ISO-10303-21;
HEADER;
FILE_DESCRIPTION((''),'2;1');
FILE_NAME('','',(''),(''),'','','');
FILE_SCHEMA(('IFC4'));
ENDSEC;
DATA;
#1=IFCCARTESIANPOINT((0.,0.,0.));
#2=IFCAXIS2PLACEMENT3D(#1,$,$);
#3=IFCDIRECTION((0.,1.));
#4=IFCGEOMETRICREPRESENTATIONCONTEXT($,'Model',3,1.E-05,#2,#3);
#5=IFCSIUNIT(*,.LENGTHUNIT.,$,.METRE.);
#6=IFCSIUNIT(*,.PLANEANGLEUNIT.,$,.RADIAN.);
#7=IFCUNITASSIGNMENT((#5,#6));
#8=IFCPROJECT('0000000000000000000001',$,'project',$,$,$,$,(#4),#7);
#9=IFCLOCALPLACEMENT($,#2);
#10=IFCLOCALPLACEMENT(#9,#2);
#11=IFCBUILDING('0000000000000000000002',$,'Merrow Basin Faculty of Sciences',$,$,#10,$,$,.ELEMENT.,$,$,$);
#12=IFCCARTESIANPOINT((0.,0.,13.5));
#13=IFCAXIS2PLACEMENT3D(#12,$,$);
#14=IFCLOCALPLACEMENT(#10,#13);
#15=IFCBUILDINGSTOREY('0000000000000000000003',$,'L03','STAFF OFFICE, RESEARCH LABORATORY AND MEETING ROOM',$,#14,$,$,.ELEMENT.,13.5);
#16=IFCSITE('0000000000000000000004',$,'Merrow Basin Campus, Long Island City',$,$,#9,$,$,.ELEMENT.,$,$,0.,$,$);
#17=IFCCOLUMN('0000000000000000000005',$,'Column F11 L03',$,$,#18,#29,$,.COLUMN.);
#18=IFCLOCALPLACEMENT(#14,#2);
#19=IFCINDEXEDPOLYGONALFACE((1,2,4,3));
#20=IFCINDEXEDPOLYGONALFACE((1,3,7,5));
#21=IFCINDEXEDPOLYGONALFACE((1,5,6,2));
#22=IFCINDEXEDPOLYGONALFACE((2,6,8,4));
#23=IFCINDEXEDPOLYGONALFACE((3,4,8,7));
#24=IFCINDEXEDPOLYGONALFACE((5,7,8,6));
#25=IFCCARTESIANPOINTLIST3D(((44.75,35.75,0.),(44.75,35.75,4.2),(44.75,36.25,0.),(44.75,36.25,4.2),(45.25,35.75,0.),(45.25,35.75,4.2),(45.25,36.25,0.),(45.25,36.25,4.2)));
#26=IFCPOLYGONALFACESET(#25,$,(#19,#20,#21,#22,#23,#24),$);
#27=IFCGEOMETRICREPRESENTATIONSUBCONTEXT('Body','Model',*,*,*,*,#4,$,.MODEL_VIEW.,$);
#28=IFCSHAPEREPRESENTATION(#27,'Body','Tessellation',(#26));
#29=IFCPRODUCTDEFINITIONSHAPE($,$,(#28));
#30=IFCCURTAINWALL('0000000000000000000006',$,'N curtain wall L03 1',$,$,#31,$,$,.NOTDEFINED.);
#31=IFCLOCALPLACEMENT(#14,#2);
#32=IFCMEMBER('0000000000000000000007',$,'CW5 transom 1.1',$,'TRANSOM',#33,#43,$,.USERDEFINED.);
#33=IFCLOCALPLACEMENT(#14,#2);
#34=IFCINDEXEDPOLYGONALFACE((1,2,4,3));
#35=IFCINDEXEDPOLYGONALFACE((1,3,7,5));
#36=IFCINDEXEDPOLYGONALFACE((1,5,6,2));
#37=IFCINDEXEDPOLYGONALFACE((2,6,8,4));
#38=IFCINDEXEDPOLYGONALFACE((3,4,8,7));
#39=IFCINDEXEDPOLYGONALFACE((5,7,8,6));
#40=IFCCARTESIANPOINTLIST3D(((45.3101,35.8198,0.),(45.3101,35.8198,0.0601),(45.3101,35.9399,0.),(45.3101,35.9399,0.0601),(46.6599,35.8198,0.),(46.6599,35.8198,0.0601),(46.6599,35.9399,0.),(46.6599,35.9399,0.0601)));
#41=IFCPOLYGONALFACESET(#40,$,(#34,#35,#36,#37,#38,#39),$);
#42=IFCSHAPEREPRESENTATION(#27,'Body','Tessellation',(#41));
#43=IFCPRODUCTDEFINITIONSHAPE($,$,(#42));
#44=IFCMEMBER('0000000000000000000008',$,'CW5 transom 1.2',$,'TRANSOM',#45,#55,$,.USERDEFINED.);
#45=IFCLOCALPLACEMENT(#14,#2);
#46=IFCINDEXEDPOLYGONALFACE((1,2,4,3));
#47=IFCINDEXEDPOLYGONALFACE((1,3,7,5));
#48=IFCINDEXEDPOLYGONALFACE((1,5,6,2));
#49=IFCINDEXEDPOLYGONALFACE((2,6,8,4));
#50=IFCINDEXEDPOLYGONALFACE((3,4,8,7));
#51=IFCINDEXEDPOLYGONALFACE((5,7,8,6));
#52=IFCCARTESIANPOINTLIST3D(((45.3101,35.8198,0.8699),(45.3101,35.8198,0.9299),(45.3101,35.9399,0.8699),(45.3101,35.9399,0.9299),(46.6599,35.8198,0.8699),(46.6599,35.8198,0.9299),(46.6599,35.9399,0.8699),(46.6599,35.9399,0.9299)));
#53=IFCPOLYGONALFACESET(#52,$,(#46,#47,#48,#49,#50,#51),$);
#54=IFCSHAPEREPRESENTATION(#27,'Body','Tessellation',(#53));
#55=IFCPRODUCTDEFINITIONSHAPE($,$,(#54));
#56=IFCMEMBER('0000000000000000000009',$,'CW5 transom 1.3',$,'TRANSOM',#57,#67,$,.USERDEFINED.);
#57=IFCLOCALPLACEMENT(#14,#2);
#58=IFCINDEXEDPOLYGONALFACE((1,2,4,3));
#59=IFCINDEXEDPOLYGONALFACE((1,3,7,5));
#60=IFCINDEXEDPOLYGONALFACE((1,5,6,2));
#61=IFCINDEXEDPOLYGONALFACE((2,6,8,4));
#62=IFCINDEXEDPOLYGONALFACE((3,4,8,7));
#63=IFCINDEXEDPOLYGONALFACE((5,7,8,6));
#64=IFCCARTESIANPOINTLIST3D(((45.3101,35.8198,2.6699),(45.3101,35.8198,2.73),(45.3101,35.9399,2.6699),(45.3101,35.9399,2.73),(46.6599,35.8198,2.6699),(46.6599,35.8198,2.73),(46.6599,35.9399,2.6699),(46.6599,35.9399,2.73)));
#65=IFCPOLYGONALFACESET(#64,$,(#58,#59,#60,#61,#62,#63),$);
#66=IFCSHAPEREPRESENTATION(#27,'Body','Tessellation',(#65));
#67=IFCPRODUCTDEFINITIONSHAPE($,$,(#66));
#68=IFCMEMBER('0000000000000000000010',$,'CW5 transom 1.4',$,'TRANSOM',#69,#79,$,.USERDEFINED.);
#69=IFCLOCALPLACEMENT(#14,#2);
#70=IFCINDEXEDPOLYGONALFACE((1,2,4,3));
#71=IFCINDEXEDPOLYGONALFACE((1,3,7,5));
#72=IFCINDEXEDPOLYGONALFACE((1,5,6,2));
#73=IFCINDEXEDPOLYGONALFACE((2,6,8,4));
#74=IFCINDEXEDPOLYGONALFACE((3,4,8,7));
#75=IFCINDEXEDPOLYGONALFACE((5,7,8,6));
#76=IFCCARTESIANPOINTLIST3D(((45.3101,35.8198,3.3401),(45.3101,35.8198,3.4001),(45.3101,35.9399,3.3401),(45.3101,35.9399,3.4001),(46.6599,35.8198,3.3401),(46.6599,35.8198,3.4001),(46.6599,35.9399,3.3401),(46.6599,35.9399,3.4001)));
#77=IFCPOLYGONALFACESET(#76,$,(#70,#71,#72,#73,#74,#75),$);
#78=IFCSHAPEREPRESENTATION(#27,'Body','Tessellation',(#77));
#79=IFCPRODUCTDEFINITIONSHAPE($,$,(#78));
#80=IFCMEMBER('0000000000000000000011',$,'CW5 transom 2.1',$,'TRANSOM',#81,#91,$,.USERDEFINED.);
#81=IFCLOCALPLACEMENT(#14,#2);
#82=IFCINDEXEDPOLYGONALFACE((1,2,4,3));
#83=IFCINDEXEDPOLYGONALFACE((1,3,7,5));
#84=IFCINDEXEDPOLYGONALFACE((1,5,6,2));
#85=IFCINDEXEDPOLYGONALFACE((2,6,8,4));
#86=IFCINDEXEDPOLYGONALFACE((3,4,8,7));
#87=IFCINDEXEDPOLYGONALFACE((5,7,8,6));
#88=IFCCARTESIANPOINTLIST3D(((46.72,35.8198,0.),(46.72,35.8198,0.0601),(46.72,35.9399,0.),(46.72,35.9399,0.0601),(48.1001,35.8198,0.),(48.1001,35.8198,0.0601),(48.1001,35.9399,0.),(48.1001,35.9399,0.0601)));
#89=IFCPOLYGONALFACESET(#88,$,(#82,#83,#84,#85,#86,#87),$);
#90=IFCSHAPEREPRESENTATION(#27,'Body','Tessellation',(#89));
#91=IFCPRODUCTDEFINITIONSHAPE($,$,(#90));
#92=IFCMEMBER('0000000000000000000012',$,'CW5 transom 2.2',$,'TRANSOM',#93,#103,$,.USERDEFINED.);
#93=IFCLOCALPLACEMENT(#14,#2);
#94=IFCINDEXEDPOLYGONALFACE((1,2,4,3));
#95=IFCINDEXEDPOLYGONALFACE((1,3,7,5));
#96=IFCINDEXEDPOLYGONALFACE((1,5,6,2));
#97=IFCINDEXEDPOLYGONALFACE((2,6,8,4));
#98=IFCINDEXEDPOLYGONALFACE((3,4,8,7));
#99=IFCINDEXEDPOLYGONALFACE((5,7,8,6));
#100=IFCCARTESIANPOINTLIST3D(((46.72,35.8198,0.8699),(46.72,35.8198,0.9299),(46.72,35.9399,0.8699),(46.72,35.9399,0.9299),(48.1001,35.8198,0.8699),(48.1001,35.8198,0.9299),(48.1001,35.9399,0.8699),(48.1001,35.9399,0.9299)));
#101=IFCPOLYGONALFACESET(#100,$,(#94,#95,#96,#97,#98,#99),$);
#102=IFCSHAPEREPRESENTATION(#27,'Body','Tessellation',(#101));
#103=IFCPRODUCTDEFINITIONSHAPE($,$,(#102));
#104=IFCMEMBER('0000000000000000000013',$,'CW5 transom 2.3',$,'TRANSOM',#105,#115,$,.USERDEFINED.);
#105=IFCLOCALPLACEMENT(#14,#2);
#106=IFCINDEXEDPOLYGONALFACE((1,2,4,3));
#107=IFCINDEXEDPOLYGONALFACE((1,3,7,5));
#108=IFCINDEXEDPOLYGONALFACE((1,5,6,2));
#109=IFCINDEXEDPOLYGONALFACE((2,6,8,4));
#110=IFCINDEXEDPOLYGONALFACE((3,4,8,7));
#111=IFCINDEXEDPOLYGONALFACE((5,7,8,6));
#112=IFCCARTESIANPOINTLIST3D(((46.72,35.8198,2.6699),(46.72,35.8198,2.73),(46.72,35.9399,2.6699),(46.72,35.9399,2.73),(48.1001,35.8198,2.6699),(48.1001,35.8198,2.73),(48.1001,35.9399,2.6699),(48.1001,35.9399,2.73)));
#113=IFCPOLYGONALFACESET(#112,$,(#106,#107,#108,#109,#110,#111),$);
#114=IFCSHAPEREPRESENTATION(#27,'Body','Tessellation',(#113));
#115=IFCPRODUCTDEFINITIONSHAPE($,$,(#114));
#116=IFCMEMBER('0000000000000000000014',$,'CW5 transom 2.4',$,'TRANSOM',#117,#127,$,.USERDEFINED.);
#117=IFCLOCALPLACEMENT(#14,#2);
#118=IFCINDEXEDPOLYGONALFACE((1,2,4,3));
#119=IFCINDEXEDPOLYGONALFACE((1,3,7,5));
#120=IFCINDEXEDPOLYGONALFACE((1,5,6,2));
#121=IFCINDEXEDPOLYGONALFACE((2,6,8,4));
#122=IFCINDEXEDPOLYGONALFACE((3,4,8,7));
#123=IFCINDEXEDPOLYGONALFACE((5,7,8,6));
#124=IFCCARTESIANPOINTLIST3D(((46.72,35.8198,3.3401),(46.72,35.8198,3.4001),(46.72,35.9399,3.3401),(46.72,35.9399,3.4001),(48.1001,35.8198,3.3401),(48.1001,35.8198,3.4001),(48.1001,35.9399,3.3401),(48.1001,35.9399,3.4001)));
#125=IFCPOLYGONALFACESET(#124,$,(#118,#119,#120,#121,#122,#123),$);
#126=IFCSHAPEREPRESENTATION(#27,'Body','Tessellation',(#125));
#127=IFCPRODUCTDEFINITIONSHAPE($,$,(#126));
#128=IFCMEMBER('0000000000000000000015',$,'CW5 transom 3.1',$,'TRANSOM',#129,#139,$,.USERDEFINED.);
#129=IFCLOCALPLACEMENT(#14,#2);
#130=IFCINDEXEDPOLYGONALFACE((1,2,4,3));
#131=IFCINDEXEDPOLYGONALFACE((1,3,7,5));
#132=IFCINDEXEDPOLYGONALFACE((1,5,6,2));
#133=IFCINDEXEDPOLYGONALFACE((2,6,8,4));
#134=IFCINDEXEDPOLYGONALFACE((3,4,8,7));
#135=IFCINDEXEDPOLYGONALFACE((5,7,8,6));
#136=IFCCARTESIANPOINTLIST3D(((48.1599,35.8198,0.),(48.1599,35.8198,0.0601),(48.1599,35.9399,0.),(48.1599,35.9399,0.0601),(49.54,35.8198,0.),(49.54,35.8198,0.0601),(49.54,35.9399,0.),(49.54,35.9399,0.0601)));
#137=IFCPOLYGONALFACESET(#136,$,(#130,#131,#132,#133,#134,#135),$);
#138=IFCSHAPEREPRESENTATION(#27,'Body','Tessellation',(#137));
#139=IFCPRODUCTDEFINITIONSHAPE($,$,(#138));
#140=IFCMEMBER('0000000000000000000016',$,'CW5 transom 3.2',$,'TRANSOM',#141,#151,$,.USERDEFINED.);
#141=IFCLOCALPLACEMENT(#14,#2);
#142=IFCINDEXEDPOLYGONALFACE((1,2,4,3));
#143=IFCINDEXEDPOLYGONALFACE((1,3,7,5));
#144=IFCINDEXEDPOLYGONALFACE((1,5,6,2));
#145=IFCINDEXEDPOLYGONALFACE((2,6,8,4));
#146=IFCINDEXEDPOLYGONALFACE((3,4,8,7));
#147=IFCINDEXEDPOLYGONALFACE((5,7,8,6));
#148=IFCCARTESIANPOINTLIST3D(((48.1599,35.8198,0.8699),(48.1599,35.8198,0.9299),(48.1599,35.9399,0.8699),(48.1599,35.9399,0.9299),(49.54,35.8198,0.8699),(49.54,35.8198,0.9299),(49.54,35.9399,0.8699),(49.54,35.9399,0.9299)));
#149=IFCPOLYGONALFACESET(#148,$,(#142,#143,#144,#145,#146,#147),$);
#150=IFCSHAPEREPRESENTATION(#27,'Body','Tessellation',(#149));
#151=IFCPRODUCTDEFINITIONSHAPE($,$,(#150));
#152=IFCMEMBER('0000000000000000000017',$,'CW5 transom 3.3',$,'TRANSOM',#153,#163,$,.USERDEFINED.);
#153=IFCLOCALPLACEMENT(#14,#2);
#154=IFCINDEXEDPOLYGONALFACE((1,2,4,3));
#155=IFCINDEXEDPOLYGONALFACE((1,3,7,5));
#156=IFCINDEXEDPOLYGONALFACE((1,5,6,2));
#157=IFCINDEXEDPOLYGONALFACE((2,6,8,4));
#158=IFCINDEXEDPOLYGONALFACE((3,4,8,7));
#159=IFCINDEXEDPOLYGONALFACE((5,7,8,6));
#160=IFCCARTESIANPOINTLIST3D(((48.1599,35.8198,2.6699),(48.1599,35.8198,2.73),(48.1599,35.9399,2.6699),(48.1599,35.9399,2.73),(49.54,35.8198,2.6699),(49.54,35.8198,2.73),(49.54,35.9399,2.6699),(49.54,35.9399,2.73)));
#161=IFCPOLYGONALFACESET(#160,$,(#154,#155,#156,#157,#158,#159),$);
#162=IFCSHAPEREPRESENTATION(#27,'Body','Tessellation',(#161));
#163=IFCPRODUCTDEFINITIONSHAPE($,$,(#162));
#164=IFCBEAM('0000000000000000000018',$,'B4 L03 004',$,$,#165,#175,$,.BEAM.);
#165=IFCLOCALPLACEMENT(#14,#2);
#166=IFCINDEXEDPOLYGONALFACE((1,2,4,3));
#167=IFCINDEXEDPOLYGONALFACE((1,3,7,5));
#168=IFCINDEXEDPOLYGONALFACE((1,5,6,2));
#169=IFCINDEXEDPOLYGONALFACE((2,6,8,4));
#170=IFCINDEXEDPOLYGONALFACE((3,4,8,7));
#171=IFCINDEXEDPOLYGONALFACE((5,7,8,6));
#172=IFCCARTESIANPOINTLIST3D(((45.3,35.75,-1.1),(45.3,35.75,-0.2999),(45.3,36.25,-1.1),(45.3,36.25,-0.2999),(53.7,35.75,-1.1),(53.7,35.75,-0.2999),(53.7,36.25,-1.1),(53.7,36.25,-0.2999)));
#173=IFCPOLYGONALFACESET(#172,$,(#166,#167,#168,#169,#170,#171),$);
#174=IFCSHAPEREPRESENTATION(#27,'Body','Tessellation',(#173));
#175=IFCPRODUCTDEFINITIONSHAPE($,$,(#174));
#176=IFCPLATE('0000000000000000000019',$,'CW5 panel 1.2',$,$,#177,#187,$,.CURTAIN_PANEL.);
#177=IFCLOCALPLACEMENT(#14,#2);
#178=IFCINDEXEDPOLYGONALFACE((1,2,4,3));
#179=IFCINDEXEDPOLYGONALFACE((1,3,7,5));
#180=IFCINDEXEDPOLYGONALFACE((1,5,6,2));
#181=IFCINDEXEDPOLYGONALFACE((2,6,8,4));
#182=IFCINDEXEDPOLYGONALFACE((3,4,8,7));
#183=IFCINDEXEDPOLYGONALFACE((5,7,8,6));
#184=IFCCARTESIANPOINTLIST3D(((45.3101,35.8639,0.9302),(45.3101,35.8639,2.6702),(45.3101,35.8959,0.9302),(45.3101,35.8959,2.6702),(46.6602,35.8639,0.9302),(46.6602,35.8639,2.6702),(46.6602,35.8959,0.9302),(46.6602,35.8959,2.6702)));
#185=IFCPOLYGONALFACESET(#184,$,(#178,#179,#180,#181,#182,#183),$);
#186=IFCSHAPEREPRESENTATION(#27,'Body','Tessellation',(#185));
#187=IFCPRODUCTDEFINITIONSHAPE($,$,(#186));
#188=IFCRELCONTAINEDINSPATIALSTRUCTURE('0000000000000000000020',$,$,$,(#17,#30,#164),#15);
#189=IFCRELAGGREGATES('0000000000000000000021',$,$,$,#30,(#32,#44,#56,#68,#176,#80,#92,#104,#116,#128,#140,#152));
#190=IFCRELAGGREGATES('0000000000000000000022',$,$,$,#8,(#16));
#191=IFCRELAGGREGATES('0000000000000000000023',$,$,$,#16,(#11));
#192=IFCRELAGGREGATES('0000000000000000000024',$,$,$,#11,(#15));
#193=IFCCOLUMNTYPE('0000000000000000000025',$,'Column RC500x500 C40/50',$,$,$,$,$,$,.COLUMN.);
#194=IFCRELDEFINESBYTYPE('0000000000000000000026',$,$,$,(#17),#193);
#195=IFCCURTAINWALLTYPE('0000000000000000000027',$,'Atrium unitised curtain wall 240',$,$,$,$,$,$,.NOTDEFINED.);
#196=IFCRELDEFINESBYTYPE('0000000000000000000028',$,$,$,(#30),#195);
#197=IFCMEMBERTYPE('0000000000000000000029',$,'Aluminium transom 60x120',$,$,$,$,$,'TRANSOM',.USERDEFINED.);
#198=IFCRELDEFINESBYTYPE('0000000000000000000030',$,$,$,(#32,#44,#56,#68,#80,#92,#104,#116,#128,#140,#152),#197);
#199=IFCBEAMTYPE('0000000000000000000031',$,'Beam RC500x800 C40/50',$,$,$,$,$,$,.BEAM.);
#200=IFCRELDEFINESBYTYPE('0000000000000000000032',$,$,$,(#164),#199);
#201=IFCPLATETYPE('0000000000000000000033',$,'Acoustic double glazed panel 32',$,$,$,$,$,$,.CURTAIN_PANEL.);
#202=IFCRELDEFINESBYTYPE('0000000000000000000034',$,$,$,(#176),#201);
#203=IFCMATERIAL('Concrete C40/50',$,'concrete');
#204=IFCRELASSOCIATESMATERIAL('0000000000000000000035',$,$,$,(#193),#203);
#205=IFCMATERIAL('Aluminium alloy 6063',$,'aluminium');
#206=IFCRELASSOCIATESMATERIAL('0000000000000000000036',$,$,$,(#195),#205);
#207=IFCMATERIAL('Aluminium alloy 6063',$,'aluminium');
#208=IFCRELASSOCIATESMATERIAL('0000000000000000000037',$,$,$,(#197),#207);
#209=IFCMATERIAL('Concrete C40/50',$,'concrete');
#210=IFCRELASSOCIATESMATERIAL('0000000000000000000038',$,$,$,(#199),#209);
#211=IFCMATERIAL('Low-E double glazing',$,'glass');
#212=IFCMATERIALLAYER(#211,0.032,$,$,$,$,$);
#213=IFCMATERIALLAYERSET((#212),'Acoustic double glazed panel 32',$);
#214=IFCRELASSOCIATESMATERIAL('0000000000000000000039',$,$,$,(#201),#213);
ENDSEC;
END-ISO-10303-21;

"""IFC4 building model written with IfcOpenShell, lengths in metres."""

from ifc_helpers import new_model, si_unit, direction, frame, origin, origin_2d, place, context, subcontext, project, spatial, rectangle, extrude, material, layer, layer_set, material_profile, profile_set, type_object, element, aggregate, save


model = new_model("IFC4")

# Units and contexts
model_context = context("Model", 3, precision=1e-05, world=origin(), true_north=direction((0.0, 1.0)))
body_context = subcontext(model_context, "Body", "Model", "MODEL_VIEW")
ifc_project = project(units=[si_unit("LENGTHUNIT", "METRE"), si_unit("PLANEANGLEUNIT", "RADIAN")], contexts=[model_context])

# Site, building, storey
site_placement = place(None, origin())
site = spatial("IfcSite", under=ifc_project, at=site_placement, Name="Merrow Basin Campus, Long Island City", CompositionType="ELEMENT", RefElevation=0.0)
building_placement = place(site_placement, origin())
building = spatial("IfcBuilding", under=site, at=building_placement, Name="Merrow Basin Faculty of Sciences", CompositionType="ELEMENT")
storey_placement = place(building_placement, frame((0.0, 0.0, 13.5)))
storey = spatial("IfcBuildingStorey", under=building, at=storey_placement, Name="L03", Description="STAFF OFFICE, RESEARCH LABORATORY AND MEETING ROOM", CompositionType="ELEMENT", Elevation=13.5)

# Column
ifc_material_1 = material(Name="Concrete C40/50", Category="concrete")
ifc_material_profile_1 = material_profile(ifc_material_1, rectangle(XDim=0.5, YDim=0.5, at=origin_2d()))
ifc_profile_set_1 = profile_set([ifc_material_profile_1], Name="Concrete C40/50")
column_type = type_object("IfcColumnType", Name="Column RC500x500 C40/50", PredefinedType="COLUMN", material=ifc_profile_set_1)
column_placement = place(storey_placement, frame((45.0, 36.0, 0.0), z_axis=(0.0, 0.0, 1.0), x_axis=(1.0, 0.0, 0.0)))
element("IfcColumn", 1, at=column_placement, inside=storey, type_object=column_type, Name="Column F11 L03", PredefinedType="COLUMN", context=body_context, shape_type="SweptSolid", body=[
    extrude(rectangle(XDim=0.5, YDim=0.5, at=origin_2d()), origin(), (0.0, 0.0, 1.0), 4.2),
])

# Curtain wall, members
ifc_material_2 = material(Name="Aluminium alloy 6063", Category="aluminium")
curtain_wall_type = type_object("IfcCurtainWallType", Name="Atrium unitised curtain wall 240", PredefinedType="NOTDEFINED", material=ifc_material_2)
curtain_wall_placement = place(storey_placement, origin())
curtain_wall = element("IfcCurtainWall", 2, at=curtain_wall_placement, inside=storey, type_object=curtain_wall_type, Name="N curtain wall L03 1", PredefinedType="NOTDEFINED")
ifc_material_3 = material(Name="Aluminium alloy 6063", Category="aluminium")
ifc_material_profile_2 = material_profile(ifc_material_3, rectangle(XDim=0.1201, YDim=0.0601, at=origin_2d()))
ifc_profile_set_2 = profile_set([ifc_material_profile_2], Name="Aluminium alloy 6063")
member_type = type_object("IfcMemberType", Name="Aluminium transom 60x120", ElementType="TRANSOM", PredefinedType="USERDEFINED", material=ifc_profile_set_2)
member_1_placement = place(storey_placement, frame((45.3101, 35.8799, 0.03), z_axis=(1.0, 0.0, 0.0), x_axis=(0.0, 1.0, 0.0)))
member_1 = element("IfcMember", 3, at=member_1_placement, type_object=member_type, Name="CW5 transom 1.1", ObjectType="TRANSOM", PredefinedType="USERDEFINED", context=body_context, shape_type="SweptSolid", body=[
    extrude(rectangle(XDim=0.1201, YDim=0.0601, at=origin_2d()), origin(), (0.0, 0.0, 1.0), 1.3499),
])
member_2_placement = place(storey_placement, frame((45.3101, 35.8799, 0.8999), z_axis=(1.0, 0.0, 0.0), x_axis=(0.0, 1.0, 0.0)))
member_2 = element("IfcMember", 4, at=member_2_placement, type_object=member_type, Name="CW5 transom 1.2", ObjectType="TRANSOM", PredefinedType="USERDEFINED", context=body_context, shape_type="SweptSolid", body=[
    extrude(rectangle(XDim=0.1201, YDim=0.0601, at=origin_2d()), origin(), (0.0, 0.0, 1.0), 1.3499),
])
member_3_placement = place(storey_placement, frame((45.3101, 35.8799, 2.7), z_axis=(1.0, 0.0, 0.0), x_axis=(0.0, 1.0, 0.0)))
member_3 = element("IfcMember", 5, at=member_3_placement, type_object=member_type, Name="CW5 transom 1.3", ObjectType="TRANSOM", PredefinedType="USERDEFINED", context=body_context, shape_type="SweptSolid", body=[
    extrude(rectangle(XDim=0.1201, YDim=0.0601, at=origin_2d()), origin(), (0.0, 0.0, 1.0), 1.3499),
])
member_4_placement = place(storey_placement, frame((45.3101, 35.8799, 3.3701), z_axis=(1.0, 0.0, 0.0), x_axis=(0.0, 1.0, 0.0)))
member_4 = element("IfcMember", 6, at=member_4_placement, type_object=member_type, Name="CW5 transom 1.4", ObjectType="TRANSOM", PredefinedType="USERDEFINED", context=body_context, shape_type="SweptSolid", body=[
    extrude(rectangle(XDim=0.1201, YDim=0.0601, at=origin_2d()), origin(), (0.0, 0.0, 1.0), 1.3499),
])
member_5_placement = place(storey_placement, frame((46.72, 35.8799, 0.03), z_axis=(1.0, 0.0, 0.0), x_axis=(0.0, 1.0, 0.0)))
member_5 = element("IfcMember", 7, at=member_5_placement, type_object=member_type, Name="CW5 transom 2.1", ObjectType="TRANSOM", PredefinedType="USERDEFINED", context=body_context, shape_type="SweptSolid", body=[
    extrude(rectangle(XDim=0.1201, YDim=0.0601, at=origin_2d()), origin(), (0.0, 0.0, 1.0), 1.3801),
])
member_6_placement = place(storey_placement, frame((46.72, 35.8799, 0.8999), z_axis=(1.0, 0.0, 0.0), x_axis=(0.0, 1.0, 0.0)))
member_6 = element("IfcMember", 8, at=member_6_placement, type_object=member_type, Name="CW5 transom 2.2", ObjectType="TRANSOM", PredefinedType="USERDEFINED", context=body_context, shape_type="SweptSolid", body=[
    extrude(rectangle(XDim=0.1201, YDim=0.0601, at=origin_2d()), origin(), (0.0, 0.0, 1.0), 1.3801),
])
member_7_placement = place(storey_placement, frame((46.72, 35.8799, 2.7), z_axis=(1.0, 0.0, 0.0), x_axis=(0.0, 1.0, 0.0)))
member_7 = element("IfcMember", 9, at=member_7_placement, type_object=member_type, Name="CW5 transom 2.3", ObjectType="TRANSOM", PredefinedType="USERDEFINED", context=body_context, shape_type="SweptSolid", body=[
    extrude(rectangle(XDim=0.1201, YDim=0.0601, at=origin_2d()), origin(), (0.0, 0.0, 1.0), 1.3801),
])
member_8_placement = place(storey_placement, frame((46.72, 35.8799, 3.3701), z_axis=(1.0, 0.0, 0.0), x_axis=(0.0, 1.0, 0.0)))
member_8 = element("IfcMember", 10, at=member_8_placement, type_object=member_type, Name="CW5 transom 2.4", ObjectType="TRANSOM", PredefinedType="USERDEFINED", context=body_context, shape_type="SweptSolid", body=[
    extrude(rectangle(XDim=0.1201, YDim=0.0601, at=origin_2d()), origin(), (0.0, 0.0, 1.0), 1.3801),
])
member_9_placement = place(storey_placement, frame((48.1599, 35.8799, 0.03), z_axis=(1.0, 0.0, 0.0), x_axis=(0.0, 1.0, 0.0)))
member_9 = element("IfcMember", 11, at=member_9_placement, type_object=member_type, Name="CW5 transom 3.1", ObjectType="TRANSOM", PredefinedType="USERDEFINED", context=body_context, shape_type="SweptSolid", body=[
    extrude(rectangle(XDim=0.1201, YDim=0.0601, at=origin_2d()), origin(), (0.0, 0.0, 1.0), 1.3801),
])
member_10_placement = place(storey_placement, frame((48.1599, 35.8799, 0.8999), z_axis=(1.0, 0.0, 0.0), x_axis=(0.0, 1.0, 0.0)))
member_10 = element("IfcMember", 12, at=member_10_placement, type_object=member_type, Name="CW5 transom 3.2", ObjectType="TRANSOM", PredefinedType="USERDEFINED", context=body_context, shape_type="SweptSolid", body=[
    extrude(rectangle(XDim=0.1201, YDim=0.0601, at=origin_2d()), origin(), (0.0, 0.0, 1.0), 1.3801),
])
member_11_placement = place(storey_placement, frame((48.1599, 35.8799, 2.7), z_axis=(1.0, 0.0, 0.0), x_axis=(0.0, 1.0, 0.0)))
member_11 = element("IfcMember", 13, at=member_11_placement, type_object=member_type, Name="CW5 transom 3.3", ObjectType="TRANSOM", PredefinedType="USERDEFINED", context=body_context, shape_type="SweptSolid", body=[
    extrude(rectangle(XDim=0.1201, YDim=0.0601, at=origin_2d()), origin(), (0.0, 0.0, 1.0), 1.3801),
])

# Beam
ifc_material_4 = material(Name="Concrete C40/50", Category="concrete")
ifc_material_profile_3 = material_profile(ifc_material_4, rectangle(XDim=0.5, YDim=0.8, at=origin_2d()))
ifc_profile_set_3 = profile_set([ifc_material_profile_3], Name="Concrete C40/50")
beam_type = type_object("IfcBeamType", Name="Beam RC500x800 C40/50", PredefinedType="BEAM", material=ifc_profile_set_3)
beam_placement = place(storey_placement, frame((45.3, 36.0, -0.7), z_axis=(1.0, 0.0, 0.0), x_axis=(0.0, 1.0, 0.0)))
element("IfcBeam", 14, at=beam_placement, inside=storey, type_object=beam_type, Name="B4 L03 004", PredefinedType="BEAM", context=body_context, shape_type="SweptSolid", body=[
    extrude(rectangle(XDim=0.5, YDim=0.8, at=origin_2d()), origin(), (0.0, 0.0, 1.0), 8.3999),
])

# Plate
ifc_material_5 = material(Name="Low-E double glazing", Category="glass")
ifc_layer_1 = layer(ifc_material_5, 0.032)
ifc_layer_set_1 = layer_set([ifc_layer_1], Name="Acoustic double glazed panel 32")
plate_type_1 = type_object("IfcPlateType", Name="Acoustic double glazed panel 32", PredefinedType="CURTAIN_PANEL", material=ifc_layer_set_1)
plate_1_placement = place(storey_placement, frame((45.9851, 35.8799, 0.9302), z_axis=(0.0, 0.0, 1.0), x_axis=(1.0, 0.0, 0.0)))
plate_1 = element("IfcPlate", 15, at=plate_1_placement, type_object=plate_type_1, Name="CW5 panel 1.2", PredefinedType="CURTAIN_PANEL", context=body_context, shape_type="SweptSolid", body=[
    extrude(rectangle(XDim=1.3501, YDim=0.032, at=origin_2d()), origin(), (0.0, 0.0, 1.0), 1.74),
])
aggregate(curtain_wall, [member_1, member_2, member_3, member_4, plate_1, member_5, member_6, member_7, member_8, member_9, member_10, member_11])

save(model, "model.ifc")
